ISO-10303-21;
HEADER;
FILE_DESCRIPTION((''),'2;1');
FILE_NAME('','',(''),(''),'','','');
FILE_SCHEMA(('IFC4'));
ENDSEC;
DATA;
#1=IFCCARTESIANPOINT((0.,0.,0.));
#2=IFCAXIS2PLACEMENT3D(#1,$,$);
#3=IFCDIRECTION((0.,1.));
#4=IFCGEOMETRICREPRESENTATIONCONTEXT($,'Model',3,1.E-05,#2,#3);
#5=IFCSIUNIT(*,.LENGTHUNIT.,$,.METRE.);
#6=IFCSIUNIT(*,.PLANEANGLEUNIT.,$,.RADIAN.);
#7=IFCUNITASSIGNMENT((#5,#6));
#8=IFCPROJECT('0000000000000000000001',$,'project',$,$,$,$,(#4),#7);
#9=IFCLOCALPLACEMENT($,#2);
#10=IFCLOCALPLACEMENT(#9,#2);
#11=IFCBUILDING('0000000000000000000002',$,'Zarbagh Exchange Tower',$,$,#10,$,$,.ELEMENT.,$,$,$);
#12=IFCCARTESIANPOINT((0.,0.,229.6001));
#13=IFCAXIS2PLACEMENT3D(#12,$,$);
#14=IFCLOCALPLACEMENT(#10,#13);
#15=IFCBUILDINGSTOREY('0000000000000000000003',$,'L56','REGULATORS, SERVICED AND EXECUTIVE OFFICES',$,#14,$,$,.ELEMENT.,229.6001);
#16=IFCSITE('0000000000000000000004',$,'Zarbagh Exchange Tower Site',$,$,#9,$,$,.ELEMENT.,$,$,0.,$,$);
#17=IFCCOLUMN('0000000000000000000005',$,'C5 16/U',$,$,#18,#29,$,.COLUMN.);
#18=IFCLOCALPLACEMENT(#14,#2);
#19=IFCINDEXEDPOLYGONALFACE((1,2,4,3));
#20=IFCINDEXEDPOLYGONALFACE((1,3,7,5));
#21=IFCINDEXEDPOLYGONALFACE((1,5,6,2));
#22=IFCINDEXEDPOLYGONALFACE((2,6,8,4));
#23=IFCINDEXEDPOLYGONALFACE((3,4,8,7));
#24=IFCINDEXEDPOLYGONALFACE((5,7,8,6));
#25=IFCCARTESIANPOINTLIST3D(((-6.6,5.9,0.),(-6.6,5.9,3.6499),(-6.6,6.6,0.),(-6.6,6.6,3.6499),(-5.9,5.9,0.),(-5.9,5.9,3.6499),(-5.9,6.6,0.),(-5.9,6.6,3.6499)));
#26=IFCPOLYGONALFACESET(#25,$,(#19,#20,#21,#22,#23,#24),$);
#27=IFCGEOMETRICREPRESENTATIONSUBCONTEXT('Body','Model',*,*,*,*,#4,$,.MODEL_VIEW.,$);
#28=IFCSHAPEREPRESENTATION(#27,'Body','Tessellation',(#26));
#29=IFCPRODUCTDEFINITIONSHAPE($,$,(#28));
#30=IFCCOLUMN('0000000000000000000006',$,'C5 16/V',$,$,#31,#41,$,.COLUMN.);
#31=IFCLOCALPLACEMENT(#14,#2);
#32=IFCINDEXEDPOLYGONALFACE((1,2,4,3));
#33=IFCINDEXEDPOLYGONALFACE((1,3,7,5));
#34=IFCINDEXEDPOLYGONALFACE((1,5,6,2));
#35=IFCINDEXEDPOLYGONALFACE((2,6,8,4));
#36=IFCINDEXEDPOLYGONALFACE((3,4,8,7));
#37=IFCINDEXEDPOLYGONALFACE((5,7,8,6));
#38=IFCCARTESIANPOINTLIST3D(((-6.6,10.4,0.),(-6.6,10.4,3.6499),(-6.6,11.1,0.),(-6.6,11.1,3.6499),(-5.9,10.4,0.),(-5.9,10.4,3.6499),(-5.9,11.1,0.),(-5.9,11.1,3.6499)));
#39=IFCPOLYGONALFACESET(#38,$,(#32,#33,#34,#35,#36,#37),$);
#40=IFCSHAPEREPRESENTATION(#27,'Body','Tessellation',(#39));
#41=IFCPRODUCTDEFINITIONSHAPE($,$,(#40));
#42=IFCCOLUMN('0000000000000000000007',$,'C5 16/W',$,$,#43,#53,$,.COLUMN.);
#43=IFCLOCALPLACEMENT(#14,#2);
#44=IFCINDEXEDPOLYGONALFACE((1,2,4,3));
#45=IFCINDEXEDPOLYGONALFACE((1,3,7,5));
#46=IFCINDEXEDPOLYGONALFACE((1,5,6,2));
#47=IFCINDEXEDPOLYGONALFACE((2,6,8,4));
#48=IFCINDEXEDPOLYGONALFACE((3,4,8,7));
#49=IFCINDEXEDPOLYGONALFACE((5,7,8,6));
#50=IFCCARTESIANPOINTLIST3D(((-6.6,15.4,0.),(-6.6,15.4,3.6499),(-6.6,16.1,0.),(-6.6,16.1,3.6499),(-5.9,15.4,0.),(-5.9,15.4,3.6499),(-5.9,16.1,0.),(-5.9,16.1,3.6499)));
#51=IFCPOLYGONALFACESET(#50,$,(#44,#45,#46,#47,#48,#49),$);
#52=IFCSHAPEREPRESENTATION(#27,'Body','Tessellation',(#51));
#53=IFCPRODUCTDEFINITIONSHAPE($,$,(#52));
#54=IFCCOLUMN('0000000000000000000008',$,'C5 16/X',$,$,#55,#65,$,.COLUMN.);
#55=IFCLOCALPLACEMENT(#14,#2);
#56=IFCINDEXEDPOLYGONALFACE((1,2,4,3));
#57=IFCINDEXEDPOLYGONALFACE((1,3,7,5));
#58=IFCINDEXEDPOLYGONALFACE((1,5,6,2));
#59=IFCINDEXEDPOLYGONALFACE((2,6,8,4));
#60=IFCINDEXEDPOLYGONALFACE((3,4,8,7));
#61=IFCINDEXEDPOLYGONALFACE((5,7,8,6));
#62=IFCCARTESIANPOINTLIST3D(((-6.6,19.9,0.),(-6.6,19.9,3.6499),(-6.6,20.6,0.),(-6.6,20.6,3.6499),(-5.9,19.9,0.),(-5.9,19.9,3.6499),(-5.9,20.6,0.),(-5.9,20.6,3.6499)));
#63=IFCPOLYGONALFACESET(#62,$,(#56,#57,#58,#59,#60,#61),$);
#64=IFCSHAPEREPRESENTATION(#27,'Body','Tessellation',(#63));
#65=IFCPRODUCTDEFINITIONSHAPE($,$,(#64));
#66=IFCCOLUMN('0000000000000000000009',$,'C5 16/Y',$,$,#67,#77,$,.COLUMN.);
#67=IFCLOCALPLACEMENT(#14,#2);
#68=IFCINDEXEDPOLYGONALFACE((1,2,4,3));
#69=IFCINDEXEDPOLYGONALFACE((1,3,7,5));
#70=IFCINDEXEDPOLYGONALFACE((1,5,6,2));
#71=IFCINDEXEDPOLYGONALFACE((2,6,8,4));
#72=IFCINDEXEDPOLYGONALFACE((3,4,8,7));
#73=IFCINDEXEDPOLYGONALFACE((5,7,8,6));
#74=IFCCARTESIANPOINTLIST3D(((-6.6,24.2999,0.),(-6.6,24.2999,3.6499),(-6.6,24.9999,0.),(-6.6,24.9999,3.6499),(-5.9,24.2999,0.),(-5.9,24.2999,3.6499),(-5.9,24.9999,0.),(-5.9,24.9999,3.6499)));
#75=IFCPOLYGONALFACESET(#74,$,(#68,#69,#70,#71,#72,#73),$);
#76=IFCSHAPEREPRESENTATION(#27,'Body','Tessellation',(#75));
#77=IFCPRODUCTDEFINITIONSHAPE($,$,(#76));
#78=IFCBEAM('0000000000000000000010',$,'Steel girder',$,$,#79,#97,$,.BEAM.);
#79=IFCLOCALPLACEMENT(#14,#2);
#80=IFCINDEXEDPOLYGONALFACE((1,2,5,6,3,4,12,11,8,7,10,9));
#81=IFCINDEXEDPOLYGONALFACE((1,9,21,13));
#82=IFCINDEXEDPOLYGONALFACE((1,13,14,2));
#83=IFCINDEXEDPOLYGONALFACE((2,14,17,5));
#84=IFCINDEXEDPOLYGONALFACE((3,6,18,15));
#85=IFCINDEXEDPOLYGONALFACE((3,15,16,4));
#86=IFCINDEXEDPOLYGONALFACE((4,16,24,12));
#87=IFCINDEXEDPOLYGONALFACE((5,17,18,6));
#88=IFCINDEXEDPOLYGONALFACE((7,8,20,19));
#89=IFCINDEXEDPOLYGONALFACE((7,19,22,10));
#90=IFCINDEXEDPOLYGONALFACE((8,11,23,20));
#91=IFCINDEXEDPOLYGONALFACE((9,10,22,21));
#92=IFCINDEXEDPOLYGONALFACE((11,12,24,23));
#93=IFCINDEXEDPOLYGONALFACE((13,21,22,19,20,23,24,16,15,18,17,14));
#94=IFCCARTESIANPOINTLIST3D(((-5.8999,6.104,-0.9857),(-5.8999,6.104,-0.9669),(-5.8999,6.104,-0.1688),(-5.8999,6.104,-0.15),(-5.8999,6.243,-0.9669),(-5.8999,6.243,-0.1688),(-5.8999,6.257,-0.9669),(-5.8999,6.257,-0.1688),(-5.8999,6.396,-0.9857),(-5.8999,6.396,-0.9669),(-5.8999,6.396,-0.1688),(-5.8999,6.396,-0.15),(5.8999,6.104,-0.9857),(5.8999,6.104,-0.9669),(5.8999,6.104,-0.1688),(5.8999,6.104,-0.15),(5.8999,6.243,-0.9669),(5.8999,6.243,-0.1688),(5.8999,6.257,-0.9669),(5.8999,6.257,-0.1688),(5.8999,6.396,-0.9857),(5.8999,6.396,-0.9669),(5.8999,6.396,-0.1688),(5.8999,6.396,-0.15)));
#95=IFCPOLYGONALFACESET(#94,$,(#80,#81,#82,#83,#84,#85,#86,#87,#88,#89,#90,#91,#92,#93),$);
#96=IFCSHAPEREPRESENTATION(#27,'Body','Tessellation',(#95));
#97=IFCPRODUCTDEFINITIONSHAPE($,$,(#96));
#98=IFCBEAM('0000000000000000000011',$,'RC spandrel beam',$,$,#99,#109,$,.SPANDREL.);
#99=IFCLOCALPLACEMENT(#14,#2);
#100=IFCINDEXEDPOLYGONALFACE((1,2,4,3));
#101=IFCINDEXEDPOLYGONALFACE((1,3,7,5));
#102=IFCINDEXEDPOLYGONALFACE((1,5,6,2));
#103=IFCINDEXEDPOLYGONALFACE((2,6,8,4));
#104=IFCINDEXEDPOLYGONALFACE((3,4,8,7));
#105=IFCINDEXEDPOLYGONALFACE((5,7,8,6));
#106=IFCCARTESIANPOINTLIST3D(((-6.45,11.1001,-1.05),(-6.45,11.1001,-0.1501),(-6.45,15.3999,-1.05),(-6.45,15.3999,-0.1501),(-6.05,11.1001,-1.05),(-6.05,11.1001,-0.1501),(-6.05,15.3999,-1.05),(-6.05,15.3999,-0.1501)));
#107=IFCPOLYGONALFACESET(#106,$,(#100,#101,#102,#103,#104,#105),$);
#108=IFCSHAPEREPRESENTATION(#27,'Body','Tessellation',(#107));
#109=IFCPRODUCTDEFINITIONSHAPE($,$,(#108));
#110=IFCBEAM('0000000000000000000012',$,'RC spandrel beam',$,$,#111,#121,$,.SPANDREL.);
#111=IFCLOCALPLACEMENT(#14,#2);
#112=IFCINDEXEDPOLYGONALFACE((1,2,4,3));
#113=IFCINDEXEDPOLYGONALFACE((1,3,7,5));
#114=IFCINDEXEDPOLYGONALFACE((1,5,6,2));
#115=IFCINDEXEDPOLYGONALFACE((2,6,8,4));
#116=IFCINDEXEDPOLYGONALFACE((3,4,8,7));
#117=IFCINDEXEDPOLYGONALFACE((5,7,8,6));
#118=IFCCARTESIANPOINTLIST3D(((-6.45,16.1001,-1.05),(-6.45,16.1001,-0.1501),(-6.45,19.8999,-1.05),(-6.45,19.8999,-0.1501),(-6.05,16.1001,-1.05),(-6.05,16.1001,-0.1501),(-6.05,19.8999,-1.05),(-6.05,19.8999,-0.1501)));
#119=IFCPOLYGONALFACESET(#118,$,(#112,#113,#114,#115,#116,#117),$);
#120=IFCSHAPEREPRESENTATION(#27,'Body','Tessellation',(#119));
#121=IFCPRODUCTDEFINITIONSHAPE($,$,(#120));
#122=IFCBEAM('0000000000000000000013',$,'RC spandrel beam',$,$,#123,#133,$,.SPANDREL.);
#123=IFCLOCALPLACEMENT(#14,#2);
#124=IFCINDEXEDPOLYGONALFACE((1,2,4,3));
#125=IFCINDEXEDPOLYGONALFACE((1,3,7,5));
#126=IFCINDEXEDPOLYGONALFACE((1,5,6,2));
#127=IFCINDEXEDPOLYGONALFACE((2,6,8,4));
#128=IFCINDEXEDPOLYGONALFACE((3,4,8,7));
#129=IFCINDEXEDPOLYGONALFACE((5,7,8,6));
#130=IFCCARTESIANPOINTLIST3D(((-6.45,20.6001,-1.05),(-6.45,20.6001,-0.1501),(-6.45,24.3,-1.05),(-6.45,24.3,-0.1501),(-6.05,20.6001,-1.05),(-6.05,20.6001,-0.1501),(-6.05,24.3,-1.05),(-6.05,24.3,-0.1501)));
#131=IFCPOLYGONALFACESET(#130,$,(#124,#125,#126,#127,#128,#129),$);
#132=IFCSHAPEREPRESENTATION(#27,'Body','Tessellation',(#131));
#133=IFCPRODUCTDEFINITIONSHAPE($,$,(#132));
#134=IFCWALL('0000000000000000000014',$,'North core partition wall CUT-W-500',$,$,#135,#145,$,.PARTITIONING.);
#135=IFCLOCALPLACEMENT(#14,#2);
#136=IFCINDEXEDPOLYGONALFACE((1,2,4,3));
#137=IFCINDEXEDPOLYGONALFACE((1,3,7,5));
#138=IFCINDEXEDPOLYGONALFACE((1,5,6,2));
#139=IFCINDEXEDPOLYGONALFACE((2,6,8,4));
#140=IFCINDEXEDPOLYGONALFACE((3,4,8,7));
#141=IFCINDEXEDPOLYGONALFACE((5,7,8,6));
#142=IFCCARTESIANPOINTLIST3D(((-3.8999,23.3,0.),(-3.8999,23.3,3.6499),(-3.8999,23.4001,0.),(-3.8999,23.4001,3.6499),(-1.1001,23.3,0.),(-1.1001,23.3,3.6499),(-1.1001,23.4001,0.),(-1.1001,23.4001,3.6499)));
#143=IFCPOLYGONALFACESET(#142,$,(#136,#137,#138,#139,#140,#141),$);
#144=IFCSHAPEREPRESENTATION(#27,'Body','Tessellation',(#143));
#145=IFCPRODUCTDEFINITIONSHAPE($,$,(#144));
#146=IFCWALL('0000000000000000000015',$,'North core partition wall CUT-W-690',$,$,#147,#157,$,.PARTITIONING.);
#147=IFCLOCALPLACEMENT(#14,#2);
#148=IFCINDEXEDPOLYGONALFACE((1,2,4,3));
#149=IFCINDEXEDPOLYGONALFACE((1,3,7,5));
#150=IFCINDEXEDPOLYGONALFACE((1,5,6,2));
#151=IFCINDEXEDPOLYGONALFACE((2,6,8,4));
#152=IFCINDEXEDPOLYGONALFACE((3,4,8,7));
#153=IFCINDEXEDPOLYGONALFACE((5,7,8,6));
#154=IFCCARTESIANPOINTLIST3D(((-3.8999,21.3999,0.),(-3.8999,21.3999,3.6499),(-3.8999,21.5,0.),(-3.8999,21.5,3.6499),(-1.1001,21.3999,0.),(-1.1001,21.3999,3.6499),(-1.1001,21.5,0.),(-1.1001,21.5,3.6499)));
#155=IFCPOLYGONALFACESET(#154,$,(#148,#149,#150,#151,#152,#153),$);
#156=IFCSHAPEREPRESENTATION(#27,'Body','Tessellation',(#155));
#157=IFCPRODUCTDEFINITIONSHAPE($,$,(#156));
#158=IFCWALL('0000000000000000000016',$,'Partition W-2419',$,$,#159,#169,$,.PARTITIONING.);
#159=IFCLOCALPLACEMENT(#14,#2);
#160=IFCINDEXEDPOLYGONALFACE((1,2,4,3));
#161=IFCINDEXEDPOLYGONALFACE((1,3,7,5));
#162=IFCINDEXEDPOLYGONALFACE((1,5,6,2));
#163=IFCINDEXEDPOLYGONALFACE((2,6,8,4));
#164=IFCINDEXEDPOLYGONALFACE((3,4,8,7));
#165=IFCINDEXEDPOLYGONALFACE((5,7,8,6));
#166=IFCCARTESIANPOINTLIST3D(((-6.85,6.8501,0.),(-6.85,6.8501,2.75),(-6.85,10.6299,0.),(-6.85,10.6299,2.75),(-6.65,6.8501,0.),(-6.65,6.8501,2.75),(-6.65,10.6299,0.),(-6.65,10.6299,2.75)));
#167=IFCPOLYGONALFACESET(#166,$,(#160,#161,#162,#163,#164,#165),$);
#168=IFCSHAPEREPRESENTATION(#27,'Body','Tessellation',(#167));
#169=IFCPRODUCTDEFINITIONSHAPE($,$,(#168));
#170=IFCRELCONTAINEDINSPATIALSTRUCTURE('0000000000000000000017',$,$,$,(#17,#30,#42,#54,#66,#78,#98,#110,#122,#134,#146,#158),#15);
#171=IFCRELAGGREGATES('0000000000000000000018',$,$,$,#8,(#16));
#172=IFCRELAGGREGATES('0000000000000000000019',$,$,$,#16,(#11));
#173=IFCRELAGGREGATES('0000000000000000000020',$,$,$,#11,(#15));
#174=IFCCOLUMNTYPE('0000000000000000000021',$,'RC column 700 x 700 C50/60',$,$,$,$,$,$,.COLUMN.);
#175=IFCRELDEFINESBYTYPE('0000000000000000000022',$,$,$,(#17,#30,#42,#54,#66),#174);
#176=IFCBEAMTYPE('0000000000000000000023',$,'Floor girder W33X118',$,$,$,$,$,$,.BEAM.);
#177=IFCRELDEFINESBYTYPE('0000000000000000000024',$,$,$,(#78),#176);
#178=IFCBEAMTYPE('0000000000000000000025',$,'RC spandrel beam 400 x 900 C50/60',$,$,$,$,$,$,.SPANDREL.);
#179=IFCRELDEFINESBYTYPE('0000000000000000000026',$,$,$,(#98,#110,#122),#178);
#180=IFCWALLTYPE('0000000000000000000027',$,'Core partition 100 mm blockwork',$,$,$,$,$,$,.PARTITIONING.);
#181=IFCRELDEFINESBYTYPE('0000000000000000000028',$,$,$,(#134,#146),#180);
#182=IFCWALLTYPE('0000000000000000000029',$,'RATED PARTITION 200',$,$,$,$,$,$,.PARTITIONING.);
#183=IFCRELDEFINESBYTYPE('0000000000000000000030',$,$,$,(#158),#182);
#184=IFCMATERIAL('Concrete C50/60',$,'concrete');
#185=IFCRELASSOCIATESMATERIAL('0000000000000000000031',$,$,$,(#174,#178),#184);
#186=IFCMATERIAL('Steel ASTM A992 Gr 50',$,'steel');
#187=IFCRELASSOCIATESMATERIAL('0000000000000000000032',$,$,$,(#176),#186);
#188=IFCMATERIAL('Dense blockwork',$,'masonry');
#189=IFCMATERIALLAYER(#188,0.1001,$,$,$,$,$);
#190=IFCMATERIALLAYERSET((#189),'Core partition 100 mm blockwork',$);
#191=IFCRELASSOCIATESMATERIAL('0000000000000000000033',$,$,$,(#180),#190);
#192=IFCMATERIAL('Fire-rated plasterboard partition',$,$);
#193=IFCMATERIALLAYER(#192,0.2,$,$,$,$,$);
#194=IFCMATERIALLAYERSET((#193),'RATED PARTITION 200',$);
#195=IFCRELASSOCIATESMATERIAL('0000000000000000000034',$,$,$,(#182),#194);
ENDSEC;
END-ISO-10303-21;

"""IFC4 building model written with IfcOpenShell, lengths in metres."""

from ifc_helpers import new_model, si_unit, direction, frame, frame_2d, origin, origin_2d, place, context, subcontext, project, spatial, rectangle, i_section, extrude, material, layer, layer_set, material_profile, profile_set, type_object, element, save


model = new_model("IFC4")

# Units and contexts
model_context = context("Model", 3, precision=1e-05, world=origin(), true_north=direction((0.0, 1.0)))
body_context = subcontext(model_context, "Body", "Model", "MODEL_VIEW")
ifc_project = project(units=[si_unit("LENGTHUNIT", "METRE"), si_unit("PLANEANGLEUNIT", "RADIAN")], contexts=[model_context])

# Site, building, storey
site_placement = place(None, origin())
site = spatial("IfcSite", under=ifc_project, at=site_placement, Name="Zarbagh Exchange Tower Site", CompositionType="ELEMENT", RefElevation=0.0)
building_placement = place(site_placement, origin())
building = spatial("IfcBuilding", under=site, at=building_placement, Name="Zarbagh Exchange Tower", CompositionType="ELEMENT")
storey_placement = place(building_placement, frame((0.0, 0.0, 229.6001)))
storey = spatial("IfcBuildingStorey", under=building, at=storey_placement, Name="L56", Description="REGULATORS, SERVICED AND EXECUTIVE OFFICES", CompositionType="ELEMENT", Elevation=229.6001)

# Columns
ifc_material_1 = material(Name="Concrete C50/60", Category="concrete")
ifc_material_profile_1 = material_profile(ifc_material_1, rectangle(XDim=0.7, YDim=0.7, at=origin_2d()), Name="RC column 700 x 700 C50/60")
ifc_profile_set_1 = profile_set([ifc_material_profile_1], Name="Concrete C50/60")
column_type = type_object("IfcColumnType", Name="RC column 700 x 700 C50/60", PredefinedType="COLUMN", material=ifc_profile_set_1)
for number, where, z_axis, x_axis, name in (
    (1, (-6.25, 6.25, 0.0), (0.0, 0.0, 1.0), (1.0, 0.0, 0.0), "C5 16/U"),
    (2, (-6.25, 10.75, 0.0), (0.0, 0.0, 1.0), (1.0, 0.0, 0.0), "C5 16/V"),
    (3, (-6.25, 15.75, 0.0), (0.0, 0.0, 1.0), (1.0, 0.0, 0.0), "C5 16/W"),
    (4, (-6.25, 20.25, 0.0), (0.0, 0.0, 1.0), (1.0, 0.0, 0.0), "C5 16/X"),
    (5, (-6.25, 24.6499, 0.0), (0.0, 0.0, 1.0), (1.0, 0.0, 0.0), "C5 16/Y"),
):
    element("IfcColumn", number, at=place(storey_placement, frame(where, z_axis=z_axis, x_axis=x_axis)), inside=storey, type_object=column_type, Name=name, PredefinedType="COLUMN", context=body_context, shape_type="SweptSolid", body=[
        extrude(rectangle(XDim=0.7, YDim=0.7, at=origin_2d()), origin(), (0.0, 0.0, 1.0), 3.6499),
    ])

# Beams
ifc_material_2 = material(Name="Steel ASTM A992 Gr 50", Category="steel")
ifc_material_profile_2 = material_profile(ifc_material_2, i_section(OverallWidth=0.292, OverallDepth=0.8357, WebThickness=0.0139, FlangeThickness=0.0188, at=origin_2d()), Name="W33X118")
ifc_profile_set_2 = profile_set([ifc_material_profile_2], Name="Steel ASTM A992 Gr 50")
beam_type_1 = type_object("IfcBeamType", Name="Floor girder W33X118", PredefinedType="BEAM", material=ifc_profile_set_2)
beam_1_placement = place(storey_placement, frame((-5.8999, 6.25, -0.5679), z_axis=(1.0, 0.0, 0.0), x_axis=(0.0, 1.0, 0.0)))
element("IfcBeam", 6, at=beam_1_placement, inside=storey, type_object=beam_type_1, Name="Steel girder", PredefinedType="BEAM", context=body_context, shape_type="SweptSolid", body=[
    extrude(i_section(OverallWidth=0.292, OverallDepth=0.8357, WebThickness=0.0139, FlangeThickness=0.0188, at=origin_2d()), origin(), (0.0, 0.0, 1.0), 11.7998),
])
ifc_material_profile_3 = material_profile(ifc_material_1, rectangle(XDim=0.3999, YDim=0.8999, at=origin_2d()), Name="RC spandrel beam 400 x 900 C50/60")
ifc_profile_set_3 = profile_set([ifc_material_profile_3], Name="Concrete C50/60")
beam_type_2 = type_object("IfcBeamType", Name="RC spandrel beam 400 x 900 C50/60", PredefinedType="SPANDREL", material=ifc_profile_set_3)
beam_2_placement = place(storey_placement, frame((-6.25, 11.1001, -0.6001), z_axis=(0.0, 1.0, 0.0), x_axis=(-1.0, 0.0, 0.0)))
element("IfcBeam", 7, at=beam_2_placement, inside=storey, type_object=beam_type_2, Name="RC spandrel beam", PredefinedType="SPANDREL", context=body_context, shape_type="SweptSolid", body=[
    extrude(rectangle(XDim=0.3999, YDim=0.8999, at=origin_2d()), origin(), (0.0, 0.0, 1.0), 4.2998),
])
beam_3_placement = place(storey_placement, frame((-6.25, 16.1001, -0.6001), z_axis=(0.0, 1.0, 0.0), x_axis=(-1.0, 0.0, 0.0)))
element("IfcBeam", 8, at=beam_3_placement, inside=storey, type_object=beam_type_2, Name="RC spandrel beam", PredefinedType="SPANDREL", context=body_context, shape_type="SweptSolid", body=[
    extrude(rectangle(XDim=0.3999, YDim=0.8999, at=origin_2d()), origin(), (0.0, 0.0, 1.0), 3.7998),
])
beam_4_placement = place(storey_placement, frame((-6.25, 20.6001, -0.6001), z_axis=(0.0, 1.0, 0.0), x_axis=(-1.0, 0.0, 0.0)))
element("IfcBeam", 9, at=beam_4_placement, inside=storey, type_object=beam_type_2, Name="RC spandrel beam", PredefinedType="SPANDREL", context=body_context, shape_type="SweptSolid", body=[
    extrude(rectangle(XDim=0.3999, YDim=0.8999, at=origin_2d()), origin(), (0.0, 0.0, 1.0), 3.7),
])

# Walls
ifc_material_3 = material(Name="Dense blockwork", Category="masonry")
ifc_layer_1 = layer(ifc_material_3, 0.1001)
ifc_layer_set_1 = layer_set([ifc_layer_1], Name="Core partition 100 mm blockwork")
wall_type_1 = type_object("IfcWallType", Name="Core partition 100 mm blockwork", PredefinedType="PARTITIONING", material=ifc_layer_set_1)
for number, where, z_axis, x_axis, name in (
    (10, (-3.8999, 23.3501, 0.0), (0.0, 0.0, 1.0), (1.0, 0.0, 0.0), "North core partition wall CUT-W-500"),
    (11, (-3.8999, 21.45, 0.0), (0.0, 0.0, 1.0), (1.0, 0.0, 0.0), "North core partition wall CUT-W-690"),
):
    element("IfcWall", number, at=place(storey_placement, frame(where, z_axis=z_axis, x_axis=x_axis)), inside=storey, type_object=wall_type_1, Name=name, PredefinedType="PARTITIONING", context=body_context, shape_type="SweptSolid", body=[
        extrude(rectangle(XDim=2.7998, YDim=0.1001, at=frame_2d((1.3999, 0.0))), origin(), (0.0, 0.0, 1.0), 3.6499),
    ])
ifc_material_4 = material(Name="Fire-rated plasterboard partition")
ifc_layer_2 = layer(ifc_material_4, 0.2)
ifc_layer_set_2 = layer_set([ifc_layer_2], Name="RATED PARTITION 200")
wall_type_2 = type_object("IfcWallType", Name="RATED PARTITION 200", PredefinedType="PARTITIONING", material=ifc_layer_set_2)
wall_1_placement = place(storey_placement, frame((-6.75, 6.8501, 0.0), z_axis=(0.0, 0.0, 1.0), x_axis=(0.0, 1.0, 0.0)))
element("IfcWall", 12, at=wall_1_placement, inside=storey, type_object=wall_type_2, Name="Partition W-2419", PredefinedType="PARTITIONING", context=body_context, shape_type="SweptSolid", body=[
    extrude(rectangle(XDim=3.7798, YDim=0.2, at=frame_2d((1.8899, 0.0))), origin(), (0.0, 0.0, 1.0), 2.75),
])

save(model, "model.ifc")
